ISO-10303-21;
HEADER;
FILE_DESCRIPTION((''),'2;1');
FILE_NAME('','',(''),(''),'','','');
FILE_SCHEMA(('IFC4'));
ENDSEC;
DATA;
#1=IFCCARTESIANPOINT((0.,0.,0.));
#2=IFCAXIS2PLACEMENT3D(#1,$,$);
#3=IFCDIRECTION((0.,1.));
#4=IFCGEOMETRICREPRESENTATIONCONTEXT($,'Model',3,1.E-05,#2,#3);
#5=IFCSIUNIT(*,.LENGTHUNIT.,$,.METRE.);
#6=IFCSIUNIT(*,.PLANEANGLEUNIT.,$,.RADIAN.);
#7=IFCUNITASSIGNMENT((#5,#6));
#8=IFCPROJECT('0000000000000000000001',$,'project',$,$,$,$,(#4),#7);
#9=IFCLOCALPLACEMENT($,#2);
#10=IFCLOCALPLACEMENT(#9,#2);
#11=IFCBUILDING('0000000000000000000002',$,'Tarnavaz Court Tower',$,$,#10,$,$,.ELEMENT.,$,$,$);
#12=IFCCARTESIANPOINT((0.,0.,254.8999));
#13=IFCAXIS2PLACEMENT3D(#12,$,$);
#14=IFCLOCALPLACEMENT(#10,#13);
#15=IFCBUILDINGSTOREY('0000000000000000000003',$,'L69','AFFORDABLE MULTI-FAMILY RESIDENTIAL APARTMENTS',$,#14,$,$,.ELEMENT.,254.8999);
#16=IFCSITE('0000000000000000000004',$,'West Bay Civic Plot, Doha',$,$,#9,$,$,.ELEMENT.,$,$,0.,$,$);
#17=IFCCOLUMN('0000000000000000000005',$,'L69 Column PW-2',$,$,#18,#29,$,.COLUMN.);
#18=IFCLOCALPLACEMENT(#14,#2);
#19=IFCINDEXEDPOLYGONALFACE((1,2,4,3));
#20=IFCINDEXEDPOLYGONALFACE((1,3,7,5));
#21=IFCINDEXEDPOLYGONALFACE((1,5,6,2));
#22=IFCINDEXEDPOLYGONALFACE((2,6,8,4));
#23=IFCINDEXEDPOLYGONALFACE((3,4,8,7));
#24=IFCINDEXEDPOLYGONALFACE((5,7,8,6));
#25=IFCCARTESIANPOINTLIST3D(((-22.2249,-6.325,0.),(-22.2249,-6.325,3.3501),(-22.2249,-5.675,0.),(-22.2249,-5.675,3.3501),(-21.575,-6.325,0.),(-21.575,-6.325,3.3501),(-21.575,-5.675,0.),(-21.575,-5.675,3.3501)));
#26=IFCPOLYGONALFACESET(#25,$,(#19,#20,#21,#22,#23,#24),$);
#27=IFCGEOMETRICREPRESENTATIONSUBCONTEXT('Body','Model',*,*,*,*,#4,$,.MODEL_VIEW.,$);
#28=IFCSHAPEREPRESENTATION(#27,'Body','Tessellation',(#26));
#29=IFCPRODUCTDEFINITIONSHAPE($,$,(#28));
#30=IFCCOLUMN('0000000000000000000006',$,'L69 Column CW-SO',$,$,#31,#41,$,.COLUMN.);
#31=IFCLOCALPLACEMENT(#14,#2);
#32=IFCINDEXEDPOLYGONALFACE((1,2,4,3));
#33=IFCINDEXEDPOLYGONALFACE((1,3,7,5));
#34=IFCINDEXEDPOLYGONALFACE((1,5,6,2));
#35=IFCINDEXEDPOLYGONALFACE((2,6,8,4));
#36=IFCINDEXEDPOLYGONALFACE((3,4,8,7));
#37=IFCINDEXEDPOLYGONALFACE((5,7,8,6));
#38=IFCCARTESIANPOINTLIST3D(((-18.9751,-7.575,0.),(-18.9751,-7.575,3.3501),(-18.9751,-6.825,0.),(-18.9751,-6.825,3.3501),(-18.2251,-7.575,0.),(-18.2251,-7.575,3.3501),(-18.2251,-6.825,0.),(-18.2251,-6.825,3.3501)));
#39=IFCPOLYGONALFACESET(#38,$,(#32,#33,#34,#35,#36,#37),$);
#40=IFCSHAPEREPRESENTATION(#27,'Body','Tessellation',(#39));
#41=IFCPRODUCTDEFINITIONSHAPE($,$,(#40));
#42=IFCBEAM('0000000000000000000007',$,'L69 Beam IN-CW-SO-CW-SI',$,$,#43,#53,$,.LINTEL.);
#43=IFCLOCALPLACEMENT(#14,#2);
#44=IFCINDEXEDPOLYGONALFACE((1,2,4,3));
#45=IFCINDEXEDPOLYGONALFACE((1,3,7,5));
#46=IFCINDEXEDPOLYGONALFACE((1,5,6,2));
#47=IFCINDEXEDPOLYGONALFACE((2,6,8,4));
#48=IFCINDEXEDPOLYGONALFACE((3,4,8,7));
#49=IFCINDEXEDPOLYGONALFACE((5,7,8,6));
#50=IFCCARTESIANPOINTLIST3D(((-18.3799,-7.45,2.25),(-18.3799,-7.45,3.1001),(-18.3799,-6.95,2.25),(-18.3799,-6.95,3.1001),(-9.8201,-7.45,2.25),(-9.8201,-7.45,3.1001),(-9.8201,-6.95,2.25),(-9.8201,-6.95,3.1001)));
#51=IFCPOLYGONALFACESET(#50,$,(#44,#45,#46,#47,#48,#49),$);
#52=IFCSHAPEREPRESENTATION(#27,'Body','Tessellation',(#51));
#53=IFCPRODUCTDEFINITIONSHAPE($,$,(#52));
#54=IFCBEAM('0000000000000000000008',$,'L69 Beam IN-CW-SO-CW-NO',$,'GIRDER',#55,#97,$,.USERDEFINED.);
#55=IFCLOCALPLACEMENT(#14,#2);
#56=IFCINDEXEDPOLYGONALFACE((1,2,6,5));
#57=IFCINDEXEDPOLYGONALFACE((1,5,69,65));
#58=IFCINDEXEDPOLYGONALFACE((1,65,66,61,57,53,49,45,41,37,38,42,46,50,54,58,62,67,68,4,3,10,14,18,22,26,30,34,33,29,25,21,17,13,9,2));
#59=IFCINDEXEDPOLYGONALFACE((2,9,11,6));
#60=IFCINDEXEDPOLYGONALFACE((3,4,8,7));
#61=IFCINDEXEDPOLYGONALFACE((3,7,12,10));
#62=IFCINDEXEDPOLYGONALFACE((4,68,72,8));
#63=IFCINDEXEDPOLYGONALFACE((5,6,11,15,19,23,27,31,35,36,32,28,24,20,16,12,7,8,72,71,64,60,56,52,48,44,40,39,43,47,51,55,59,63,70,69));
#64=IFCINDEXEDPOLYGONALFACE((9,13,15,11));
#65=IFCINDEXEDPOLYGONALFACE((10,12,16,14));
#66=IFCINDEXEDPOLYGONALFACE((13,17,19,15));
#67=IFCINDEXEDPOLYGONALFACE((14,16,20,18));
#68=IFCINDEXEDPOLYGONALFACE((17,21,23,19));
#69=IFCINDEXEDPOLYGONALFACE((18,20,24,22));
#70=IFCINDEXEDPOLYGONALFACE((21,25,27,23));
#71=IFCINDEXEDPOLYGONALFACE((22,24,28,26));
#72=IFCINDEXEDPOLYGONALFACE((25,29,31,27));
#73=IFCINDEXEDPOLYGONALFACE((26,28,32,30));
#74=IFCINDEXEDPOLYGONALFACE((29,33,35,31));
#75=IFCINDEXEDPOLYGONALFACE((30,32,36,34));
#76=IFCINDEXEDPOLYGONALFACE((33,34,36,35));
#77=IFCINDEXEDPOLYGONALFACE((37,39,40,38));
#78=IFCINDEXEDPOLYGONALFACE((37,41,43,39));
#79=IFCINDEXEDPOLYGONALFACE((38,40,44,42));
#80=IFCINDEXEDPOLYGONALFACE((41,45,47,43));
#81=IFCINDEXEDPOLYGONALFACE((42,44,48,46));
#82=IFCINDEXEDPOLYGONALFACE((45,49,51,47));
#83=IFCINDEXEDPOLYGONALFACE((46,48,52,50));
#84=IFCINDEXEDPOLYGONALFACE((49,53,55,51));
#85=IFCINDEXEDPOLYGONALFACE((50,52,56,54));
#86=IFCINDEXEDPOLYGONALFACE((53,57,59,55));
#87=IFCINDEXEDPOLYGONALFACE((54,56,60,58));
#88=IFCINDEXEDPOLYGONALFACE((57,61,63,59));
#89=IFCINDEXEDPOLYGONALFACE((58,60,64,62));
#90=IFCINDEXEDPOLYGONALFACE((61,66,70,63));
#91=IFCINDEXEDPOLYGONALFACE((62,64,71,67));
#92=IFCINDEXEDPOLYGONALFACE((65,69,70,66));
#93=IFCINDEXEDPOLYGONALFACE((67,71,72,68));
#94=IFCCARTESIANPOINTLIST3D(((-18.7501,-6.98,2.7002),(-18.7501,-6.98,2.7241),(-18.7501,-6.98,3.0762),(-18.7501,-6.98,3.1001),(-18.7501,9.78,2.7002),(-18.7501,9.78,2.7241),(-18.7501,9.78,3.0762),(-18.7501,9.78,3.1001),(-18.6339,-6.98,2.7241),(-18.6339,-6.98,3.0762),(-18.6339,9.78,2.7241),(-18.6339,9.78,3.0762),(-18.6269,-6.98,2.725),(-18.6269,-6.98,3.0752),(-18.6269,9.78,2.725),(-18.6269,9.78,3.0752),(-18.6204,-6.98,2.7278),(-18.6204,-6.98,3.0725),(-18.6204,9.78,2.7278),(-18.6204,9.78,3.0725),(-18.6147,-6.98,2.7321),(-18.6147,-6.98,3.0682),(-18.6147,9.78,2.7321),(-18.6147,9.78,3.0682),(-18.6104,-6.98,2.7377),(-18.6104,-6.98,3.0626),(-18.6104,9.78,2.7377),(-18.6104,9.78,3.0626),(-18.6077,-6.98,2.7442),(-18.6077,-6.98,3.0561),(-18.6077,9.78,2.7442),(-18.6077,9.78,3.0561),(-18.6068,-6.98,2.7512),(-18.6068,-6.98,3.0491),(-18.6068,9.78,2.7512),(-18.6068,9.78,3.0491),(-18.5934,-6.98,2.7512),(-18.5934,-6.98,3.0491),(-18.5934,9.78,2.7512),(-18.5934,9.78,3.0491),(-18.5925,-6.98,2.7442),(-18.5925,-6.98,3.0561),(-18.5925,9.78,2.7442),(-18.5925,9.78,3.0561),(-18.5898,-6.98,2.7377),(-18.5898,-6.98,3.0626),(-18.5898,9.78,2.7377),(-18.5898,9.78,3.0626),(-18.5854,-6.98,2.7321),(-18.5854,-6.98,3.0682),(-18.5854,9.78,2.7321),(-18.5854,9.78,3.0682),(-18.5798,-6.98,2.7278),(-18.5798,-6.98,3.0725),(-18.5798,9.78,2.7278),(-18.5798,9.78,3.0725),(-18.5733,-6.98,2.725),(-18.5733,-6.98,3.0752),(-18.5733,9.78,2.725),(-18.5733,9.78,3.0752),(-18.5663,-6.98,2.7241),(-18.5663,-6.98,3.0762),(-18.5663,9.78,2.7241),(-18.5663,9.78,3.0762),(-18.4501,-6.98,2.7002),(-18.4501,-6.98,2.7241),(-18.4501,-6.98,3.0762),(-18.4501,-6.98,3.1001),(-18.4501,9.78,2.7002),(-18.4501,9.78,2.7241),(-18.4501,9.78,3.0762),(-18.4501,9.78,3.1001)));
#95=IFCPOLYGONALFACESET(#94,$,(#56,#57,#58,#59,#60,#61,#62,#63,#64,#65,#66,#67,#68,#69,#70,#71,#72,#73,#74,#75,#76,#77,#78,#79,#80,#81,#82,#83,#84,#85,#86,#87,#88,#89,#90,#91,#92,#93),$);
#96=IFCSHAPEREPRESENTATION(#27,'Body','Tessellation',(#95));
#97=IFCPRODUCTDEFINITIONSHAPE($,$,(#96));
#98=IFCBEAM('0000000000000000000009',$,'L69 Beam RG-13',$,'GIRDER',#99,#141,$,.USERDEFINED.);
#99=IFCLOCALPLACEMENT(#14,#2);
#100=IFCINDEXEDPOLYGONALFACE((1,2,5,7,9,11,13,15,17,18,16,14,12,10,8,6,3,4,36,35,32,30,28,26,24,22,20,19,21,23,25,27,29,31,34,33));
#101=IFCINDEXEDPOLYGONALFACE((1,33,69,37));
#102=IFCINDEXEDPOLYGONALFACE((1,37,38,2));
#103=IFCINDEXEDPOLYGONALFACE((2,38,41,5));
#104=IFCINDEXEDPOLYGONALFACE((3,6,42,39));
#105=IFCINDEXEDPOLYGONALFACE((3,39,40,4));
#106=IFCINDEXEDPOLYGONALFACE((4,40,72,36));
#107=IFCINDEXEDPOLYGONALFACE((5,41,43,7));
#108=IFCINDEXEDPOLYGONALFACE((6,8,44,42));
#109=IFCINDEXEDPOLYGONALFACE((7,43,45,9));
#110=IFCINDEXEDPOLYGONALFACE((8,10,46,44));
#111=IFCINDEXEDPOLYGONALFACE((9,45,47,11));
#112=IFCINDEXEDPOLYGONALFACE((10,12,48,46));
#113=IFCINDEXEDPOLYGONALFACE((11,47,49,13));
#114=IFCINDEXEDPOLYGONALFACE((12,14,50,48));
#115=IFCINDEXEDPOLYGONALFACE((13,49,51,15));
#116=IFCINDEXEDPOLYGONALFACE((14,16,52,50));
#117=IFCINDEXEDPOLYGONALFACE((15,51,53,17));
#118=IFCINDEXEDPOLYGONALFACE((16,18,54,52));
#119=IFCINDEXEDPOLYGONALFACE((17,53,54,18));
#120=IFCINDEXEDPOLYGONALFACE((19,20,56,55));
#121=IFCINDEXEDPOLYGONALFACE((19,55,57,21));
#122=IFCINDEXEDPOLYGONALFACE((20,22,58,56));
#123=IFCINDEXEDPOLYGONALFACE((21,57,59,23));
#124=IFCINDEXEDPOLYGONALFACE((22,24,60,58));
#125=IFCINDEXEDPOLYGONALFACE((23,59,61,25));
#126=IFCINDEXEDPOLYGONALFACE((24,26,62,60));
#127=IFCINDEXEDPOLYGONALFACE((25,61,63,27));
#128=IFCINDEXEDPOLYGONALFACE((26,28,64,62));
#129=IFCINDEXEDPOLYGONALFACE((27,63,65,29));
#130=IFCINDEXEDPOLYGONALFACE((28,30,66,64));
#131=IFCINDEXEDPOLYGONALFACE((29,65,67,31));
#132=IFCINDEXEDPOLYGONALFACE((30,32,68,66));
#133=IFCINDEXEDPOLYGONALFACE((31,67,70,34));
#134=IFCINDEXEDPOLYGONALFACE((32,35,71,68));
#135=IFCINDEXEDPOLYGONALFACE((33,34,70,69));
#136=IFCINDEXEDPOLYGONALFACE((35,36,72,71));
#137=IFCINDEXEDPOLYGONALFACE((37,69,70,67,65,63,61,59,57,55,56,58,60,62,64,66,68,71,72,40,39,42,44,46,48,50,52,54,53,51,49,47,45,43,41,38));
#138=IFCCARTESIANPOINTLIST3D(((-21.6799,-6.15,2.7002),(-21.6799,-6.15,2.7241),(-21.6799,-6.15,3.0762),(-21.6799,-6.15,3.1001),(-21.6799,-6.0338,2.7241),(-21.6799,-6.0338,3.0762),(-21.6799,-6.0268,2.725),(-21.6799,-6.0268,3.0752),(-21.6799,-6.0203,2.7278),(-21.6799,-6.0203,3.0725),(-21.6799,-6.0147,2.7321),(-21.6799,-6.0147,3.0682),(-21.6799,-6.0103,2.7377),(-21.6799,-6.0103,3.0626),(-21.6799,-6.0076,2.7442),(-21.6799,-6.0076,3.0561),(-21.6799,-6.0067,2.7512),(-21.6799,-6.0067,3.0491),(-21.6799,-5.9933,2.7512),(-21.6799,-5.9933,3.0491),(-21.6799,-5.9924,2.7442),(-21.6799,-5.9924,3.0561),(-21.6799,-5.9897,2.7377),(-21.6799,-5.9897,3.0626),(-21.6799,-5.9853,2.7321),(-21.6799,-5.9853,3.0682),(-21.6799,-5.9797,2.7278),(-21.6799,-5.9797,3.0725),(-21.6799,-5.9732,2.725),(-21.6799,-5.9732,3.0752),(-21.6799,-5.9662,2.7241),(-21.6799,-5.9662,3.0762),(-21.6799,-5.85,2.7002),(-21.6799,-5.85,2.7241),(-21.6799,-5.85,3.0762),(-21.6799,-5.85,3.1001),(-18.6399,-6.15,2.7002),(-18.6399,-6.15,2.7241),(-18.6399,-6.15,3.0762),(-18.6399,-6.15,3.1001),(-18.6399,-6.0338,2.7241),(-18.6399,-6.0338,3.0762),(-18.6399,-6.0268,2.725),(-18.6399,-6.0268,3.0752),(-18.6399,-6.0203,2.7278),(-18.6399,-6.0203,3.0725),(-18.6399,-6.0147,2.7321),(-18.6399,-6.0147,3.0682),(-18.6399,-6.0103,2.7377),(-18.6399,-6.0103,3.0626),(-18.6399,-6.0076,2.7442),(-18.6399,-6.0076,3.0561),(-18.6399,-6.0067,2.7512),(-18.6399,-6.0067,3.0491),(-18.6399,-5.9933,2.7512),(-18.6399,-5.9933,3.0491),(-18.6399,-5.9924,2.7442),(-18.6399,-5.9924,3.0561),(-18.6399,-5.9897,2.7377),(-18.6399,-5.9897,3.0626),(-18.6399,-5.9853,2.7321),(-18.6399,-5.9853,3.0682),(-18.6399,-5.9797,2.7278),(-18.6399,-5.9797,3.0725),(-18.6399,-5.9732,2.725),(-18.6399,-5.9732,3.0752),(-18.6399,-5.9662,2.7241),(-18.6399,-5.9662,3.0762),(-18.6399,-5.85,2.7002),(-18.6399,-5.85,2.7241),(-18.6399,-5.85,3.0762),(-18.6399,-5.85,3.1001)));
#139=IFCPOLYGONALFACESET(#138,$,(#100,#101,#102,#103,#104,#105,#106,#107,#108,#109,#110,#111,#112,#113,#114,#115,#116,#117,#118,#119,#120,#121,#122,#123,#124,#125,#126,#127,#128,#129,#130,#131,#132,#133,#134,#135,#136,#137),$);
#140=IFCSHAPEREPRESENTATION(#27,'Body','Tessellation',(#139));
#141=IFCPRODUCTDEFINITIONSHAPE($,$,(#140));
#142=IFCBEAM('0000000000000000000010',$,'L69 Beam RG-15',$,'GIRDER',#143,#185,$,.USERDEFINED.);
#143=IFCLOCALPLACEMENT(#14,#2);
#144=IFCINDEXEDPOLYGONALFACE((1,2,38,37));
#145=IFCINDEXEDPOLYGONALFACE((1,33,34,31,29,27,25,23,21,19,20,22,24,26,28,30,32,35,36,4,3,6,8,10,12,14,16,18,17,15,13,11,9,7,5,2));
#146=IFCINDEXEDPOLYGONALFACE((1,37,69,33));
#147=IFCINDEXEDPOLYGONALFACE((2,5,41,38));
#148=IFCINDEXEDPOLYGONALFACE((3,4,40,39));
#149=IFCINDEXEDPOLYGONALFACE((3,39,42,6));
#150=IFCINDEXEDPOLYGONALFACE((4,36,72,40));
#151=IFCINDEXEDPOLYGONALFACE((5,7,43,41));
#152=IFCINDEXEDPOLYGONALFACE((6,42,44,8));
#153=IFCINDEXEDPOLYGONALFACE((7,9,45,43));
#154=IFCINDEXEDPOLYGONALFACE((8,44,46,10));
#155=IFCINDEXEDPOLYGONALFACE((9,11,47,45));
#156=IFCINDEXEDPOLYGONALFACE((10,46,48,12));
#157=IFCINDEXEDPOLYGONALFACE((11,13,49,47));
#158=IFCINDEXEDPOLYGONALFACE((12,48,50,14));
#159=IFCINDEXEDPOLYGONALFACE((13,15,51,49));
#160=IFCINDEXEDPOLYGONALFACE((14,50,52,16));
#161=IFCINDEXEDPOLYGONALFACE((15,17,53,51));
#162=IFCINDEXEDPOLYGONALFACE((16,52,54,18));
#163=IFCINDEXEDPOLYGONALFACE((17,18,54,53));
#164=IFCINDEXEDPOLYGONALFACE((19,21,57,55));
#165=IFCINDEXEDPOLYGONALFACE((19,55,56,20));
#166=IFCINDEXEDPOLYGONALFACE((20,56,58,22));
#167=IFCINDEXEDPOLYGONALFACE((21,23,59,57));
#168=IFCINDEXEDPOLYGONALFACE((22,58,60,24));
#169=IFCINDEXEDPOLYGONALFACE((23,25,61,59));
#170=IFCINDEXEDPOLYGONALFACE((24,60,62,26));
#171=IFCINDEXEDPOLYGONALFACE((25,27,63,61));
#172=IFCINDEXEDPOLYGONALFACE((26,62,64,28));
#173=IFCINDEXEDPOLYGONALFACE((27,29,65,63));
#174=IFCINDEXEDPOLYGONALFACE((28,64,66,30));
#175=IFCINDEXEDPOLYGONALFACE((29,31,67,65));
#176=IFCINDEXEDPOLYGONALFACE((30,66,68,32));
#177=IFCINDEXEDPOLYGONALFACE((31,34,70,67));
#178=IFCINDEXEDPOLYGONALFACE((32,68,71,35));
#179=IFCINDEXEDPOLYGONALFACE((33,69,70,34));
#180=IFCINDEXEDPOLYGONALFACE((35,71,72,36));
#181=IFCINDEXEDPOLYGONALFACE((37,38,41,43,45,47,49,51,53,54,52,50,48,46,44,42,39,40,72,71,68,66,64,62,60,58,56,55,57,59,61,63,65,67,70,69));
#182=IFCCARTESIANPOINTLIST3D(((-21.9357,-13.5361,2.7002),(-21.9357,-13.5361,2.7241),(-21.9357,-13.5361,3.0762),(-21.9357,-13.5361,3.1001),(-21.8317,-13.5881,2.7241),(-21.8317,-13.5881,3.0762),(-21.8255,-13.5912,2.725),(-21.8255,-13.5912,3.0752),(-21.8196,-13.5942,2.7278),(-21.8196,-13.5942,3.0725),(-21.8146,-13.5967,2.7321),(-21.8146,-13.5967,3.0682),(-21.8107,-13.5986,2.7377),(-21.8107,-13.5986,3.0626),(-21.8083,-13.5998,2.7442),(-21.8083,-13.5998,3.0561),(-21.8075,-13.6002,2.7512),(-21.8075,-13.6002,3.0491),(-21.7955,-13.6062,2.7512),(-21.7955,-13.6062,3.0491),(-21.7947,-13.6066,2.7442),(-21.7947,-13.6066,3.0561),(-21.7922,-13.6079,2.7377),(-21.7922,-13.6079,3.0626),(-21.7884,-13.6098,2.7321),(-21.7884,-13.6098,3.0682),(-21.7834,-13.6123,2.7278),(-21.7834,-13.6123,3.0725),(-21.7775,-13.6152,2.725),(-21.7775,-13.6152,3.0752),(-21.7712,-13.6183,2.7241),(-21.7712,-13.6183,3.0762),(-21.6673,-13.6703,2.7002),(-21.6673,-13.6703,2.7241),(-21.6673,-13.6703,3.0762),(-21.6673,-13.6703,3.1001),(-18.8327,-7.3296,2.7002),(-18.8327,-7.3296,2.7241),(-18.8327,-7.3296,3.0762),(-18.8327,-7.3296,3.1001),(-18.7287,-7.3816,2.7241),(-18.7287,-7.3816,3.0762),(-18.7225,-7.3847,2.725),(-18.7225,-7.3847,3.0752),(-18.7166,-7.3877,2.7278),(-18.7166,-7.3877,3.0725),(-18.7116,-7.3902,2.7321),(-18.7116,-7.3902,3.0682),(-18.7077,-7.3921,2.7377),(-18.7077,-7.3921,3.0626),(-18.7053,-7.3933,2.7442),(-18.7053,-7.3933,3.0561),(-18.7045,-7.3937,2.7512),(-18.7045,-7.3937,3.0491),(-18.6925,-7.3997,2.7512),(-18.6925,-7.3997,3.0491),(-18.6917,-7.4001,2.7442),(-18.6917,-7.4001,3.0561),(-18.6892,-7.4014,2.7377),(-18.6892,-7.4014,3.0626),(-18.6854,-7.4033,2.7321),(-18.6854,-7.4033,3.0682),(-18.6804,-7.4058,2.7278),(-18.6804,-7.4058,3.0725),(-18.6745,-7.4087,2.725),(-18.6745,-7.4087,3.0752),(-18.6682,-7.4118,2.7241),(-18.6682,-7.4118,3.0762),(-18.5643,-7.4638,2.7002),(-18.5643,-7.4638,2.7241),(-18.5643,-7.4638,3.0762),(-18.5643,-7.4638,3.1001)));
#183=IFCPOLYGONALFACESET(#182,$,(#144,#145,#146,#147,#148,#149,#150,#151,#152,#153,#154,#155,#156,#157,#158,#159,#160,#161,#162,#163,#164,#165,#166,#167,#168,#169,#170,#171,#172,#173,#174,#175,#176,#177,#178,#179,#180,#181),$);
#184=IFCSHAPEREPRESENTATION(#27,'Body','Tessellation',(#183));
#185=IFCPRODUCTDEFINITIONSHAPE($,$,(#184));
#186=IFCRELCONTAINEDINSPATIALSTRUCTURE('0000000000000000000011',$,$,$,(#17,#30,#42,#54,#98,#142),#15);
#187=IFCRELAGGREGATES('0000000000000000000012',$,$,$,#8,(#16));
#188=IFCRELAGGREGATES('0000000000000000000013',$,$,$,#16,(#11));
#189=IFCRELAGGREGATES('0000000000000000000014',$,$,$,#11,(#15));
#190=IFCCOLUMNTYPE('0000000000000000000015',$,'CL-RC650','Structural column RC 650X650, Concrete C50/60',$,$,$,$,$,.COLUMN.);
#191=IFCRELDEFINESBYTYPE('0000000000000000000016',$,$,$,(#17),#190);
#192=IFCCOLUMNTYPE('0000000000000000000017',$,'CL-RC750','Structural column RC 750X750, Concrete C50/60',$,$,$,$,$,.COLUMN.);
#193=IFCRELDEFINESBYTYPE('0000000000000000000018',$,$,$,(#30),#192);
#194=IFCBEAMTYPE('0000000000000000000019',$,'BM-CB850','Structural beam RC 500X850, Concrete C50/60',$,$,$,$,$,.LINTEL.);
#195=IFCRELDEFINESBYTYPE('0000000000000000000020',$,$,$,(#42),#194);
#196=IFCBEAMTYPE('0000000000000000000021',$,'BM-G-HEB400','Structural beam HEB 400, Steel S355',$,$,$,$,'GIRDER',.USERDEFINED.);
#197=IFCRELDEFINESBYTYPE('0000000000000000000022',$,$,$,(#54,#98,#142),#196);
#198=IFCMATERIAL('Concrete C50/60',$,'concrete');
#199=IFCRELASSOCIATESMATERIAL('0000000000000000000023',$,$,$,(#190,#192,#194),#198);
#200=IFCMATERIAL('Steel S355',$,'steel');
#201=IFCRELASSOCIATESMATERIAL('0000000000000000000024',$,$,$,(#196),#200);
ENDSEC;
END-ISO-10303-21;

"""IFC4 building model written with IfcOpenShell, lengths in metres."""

from ifc_helpers import new_model, si_unit, direction, frame, origin, origin_2d, place, context, subcontext, project, spatial, rectangle, i_section, extrude, material, material_profile, profile_set, type_object, element, save


model = new_model("IFC4")

# Units and contexts
model_context = context("Model", 3, precision=1e-05, world=origin(), true_north=direction((0.0, 1.0)))
body_context = subcontext(model_context, "Body", "Model", "MODEL_VIEW")
ifc_project = project(units=[si_unit("LENGTHUNIT", "METRE"), si_unit("PLANEANGLEUNIT", "RADIAN")], contexts=[model_context])

# Site, building, storey
site_placement = place(None, origin())
site = spatial("IfcSite", under=ifc_project, at=site_placement, Name="West Bay Civic Plot, Doha", CompositionType="ELEMENT", RefElevation=0.0)
building_placement = place(site_placement, origin())
building = spatial("IfcBuilding", under=site, at=building_placement, Name="Tarnavaz Court Tower", CompositionType="ELEMENT")
storey_placement = place(building_placement, frame((0.0, 0.0, 254.8999)))
storey = spatial("IfcBuildingStorey", under=building, at=storey_placement, Name="L69", Description="AFFORDABLE MULTI-FAMILY RESIDENTIAL APARTMENTS", CompositionType="ELEMENT", Elevation=254.8999)

# Columns
ifc_material_1 = material(Name="Concrete C50/60", Category="concrete")
ifc_material_profile_1 = material_profile(ifc_material_1, rectangle(XDim=0.6499, YDim=0.6499, at=origin_2d()), Name="RC 650X650")
ifc_profile_set_1 = profile_set([ifc_material_profile_1], Name="Concrete C50/60")
column_type_1 = type_object("IfcColumnType", Name="CL-RC650", Description="Structural column RC 650X650, Concrete C50/60", PredefinedType="COLUMN", material=ifc_profile_set_1)
column_1_placement = place(storey_placement, frame((-21.8999, -6.0, 0.0), z_axis=(0.0, 0.0, 1.0), x_axis=(1.0, 0.0, 0.0)))
element("IfcColumn", 1, at=column_1_placement, inside=storey, type_object=column_type_1, Name="L69 Column PW-2", PredefinedType="COLUMN", context=body_context, shape_type="SweptSolid", body=[
    extrude(rectangle(XDim=0.6499, YDim=0.6499, at=origin_2d()), origin(), (0.0, 0.0, 1.0), 3.3501),
])
ifc_material_profile_2 = material_profile(ifc_material_1, rectangle(XDim=0.75, YDim=0.75, at=origin_2d()), Name="RC 750X750")
ifc_profile_set_2 = profile_set([ifc_material_profile_2], Name="Concrete C50/60")
column_type_2 = type_object("IfcColumnType", Name="CL-RC750", Description="Structural column RC 750X750, Concrete C50/60", PredefinedType="COLUMN", material=ifc_profile_set_2)
column_2_placement = place(storey_placement, frame((-18.6001, -7.2, 0.0), z_axis=(0.0, 0.0, 1.0), x_axis=(1.0, 0.0, 0.0)))
element("IfcColumn", 2, at=column_2_placement, inside=storey, type_object=column_type_2, Name="L69 Column CW-SO", PredefinedType="COLUMN", context=body_context, shape_type="SweptSolid", body=[
    extrude(rectangle(XDim=0.75, YDim=0.75, at=origin_2d()), origin(), (0.0, 0.0, 1.0), 3.3501),
])

# Beams
ifc_material_profile_3 = material_profile(ifc_material_1, rectangle(XDim=0.5, YDim=0.8501, at=origin_2d()), Name="RC 500X850")
ifc_profile_set_3 = profile_set([ifc_material_profile_3], Name="Concrete C50/60")
beam_type_1 = type_object("IfcBeamType", Name="BM-CB850", Description="Structural beam RC 500X850, Concrete C50/60", PredefinedType="LINTEL", material=ifc_profile_set_3)
beam_1_placement = place(storey_placement, frame((-18.3799, -7.2, 2.675), z_axis=(1.0, 0.0, 0.0), x_axis=(0.0, 1.0, 0.0)))
element("IfcBeam", 3, at=beam_1_placement, inside=storey, type_object=beam_type_1, Name="L69 Beam IN-CW-SO-CW-SI", PredefinedType="LINTEL", context=body_context, shape_type="SweptSolid", body=[
    extrude(rectangle(XDim=0.5, YDim=0.8501, at=origin_2d()), origin(), (0.0, 0.0, 1.0), 8.5598),
])
ifc_material_2 = material(Name="Steel S355", Category="steel")
ifc_material_profile_4 = material_profile(ifc_material_2, i_section(OverallWidth=0.3, OverallDepth=0.3999, WebThickness=0.0134, FlangeThickness=0.0239, FilletRadius=0.0271, at=origin_2d()), Name="HEB 400")
ifc_profile_set_4 = profile_set([ifc_material_profile_4], Name="Steel S355")
beam_type_2 = type_object("IfcBeamType", Name="BM-G-HEB400", Description="Structural beam HEB 400, Steel S355", ElementType="GIRDER", PredefinedType="USERDEFINED", material=ifc_profile_set_4)
beam_2_placement = place(storey_placement, frame((-18.6001, -6.98, 2.9001), z_axis=(0.0, 1.0, 0.0), x_axis=(-1.0, 0.0, 0.0)))
element("IfcBeam", 4, at=beam_2_placement, inside=storey, type_object=beam_type_2, Name="L69 Beam IN-CW-SO-CW-NO", ObjectType="GIRDER", PredefinedType="USERDEFINED", context=body_context, shape_type="SweptSolid", body=[
    extrude(i_section(OverallWidth=0.3, OverallDepth=0.3999, WebThickness=0.0134, FlangeThickness=0.0239, FilletRadius=0.0271, at=origin_2d()), origin(), (0.0, 0.0, 1.0), 16.76),
])
beam_3_placement = place(storey_placement, frame((-18.6399, -6.0, 2.9001), z_axis=(-1.0, 0.0, 0.0), x_axis=(0.0, -1.0, 0.0)))
element("IfcBeam", 5, at=beam_3_placement, inside=storey, type_object=beam_type_2, Name="L69 Beam RG-13", ObjectType="GIRDER", PredefinedType="USERDEFINED", context=body_context, shape_type="SweptSolid", body=[
    extrude(i_section(OverallWidth=0.3, OverallDepth=0.3999, WebThickness=0.0134, FlangeThickness=0.0239, FilletRadius=0.0271, at=origin_2d()), origin(), (0.0, 0.0, 1.0), 3.04),
])
beam_4_placement = place(storey_placement, frame((-18.6985, -7.3967, 2.9001), z_axis=(-0.447185, -0.894441, 0.0), x_axis=(0.894441, -0.447185, 0.0)))
element("IfcBeam", 6, at=beam_4_placement, inside=storey, type_object=beam_type_2, Name="L69 Beam RG-15", ObjectType="GIRDER", PredefinedType="USERDEFINED", context=body_context, shape_type="SweptSolid", body=[
    extrude(i_section(OverallWidth=0.3, OverallDepth=0.3999, WebThickness=0.0134, FlangeThickness=0.0239, FilletRadius=0.0271, at=origin_2d()), origin(), (0.0, 0.0, 1.0), 6.939),
])

save(model, "model.ifc")
